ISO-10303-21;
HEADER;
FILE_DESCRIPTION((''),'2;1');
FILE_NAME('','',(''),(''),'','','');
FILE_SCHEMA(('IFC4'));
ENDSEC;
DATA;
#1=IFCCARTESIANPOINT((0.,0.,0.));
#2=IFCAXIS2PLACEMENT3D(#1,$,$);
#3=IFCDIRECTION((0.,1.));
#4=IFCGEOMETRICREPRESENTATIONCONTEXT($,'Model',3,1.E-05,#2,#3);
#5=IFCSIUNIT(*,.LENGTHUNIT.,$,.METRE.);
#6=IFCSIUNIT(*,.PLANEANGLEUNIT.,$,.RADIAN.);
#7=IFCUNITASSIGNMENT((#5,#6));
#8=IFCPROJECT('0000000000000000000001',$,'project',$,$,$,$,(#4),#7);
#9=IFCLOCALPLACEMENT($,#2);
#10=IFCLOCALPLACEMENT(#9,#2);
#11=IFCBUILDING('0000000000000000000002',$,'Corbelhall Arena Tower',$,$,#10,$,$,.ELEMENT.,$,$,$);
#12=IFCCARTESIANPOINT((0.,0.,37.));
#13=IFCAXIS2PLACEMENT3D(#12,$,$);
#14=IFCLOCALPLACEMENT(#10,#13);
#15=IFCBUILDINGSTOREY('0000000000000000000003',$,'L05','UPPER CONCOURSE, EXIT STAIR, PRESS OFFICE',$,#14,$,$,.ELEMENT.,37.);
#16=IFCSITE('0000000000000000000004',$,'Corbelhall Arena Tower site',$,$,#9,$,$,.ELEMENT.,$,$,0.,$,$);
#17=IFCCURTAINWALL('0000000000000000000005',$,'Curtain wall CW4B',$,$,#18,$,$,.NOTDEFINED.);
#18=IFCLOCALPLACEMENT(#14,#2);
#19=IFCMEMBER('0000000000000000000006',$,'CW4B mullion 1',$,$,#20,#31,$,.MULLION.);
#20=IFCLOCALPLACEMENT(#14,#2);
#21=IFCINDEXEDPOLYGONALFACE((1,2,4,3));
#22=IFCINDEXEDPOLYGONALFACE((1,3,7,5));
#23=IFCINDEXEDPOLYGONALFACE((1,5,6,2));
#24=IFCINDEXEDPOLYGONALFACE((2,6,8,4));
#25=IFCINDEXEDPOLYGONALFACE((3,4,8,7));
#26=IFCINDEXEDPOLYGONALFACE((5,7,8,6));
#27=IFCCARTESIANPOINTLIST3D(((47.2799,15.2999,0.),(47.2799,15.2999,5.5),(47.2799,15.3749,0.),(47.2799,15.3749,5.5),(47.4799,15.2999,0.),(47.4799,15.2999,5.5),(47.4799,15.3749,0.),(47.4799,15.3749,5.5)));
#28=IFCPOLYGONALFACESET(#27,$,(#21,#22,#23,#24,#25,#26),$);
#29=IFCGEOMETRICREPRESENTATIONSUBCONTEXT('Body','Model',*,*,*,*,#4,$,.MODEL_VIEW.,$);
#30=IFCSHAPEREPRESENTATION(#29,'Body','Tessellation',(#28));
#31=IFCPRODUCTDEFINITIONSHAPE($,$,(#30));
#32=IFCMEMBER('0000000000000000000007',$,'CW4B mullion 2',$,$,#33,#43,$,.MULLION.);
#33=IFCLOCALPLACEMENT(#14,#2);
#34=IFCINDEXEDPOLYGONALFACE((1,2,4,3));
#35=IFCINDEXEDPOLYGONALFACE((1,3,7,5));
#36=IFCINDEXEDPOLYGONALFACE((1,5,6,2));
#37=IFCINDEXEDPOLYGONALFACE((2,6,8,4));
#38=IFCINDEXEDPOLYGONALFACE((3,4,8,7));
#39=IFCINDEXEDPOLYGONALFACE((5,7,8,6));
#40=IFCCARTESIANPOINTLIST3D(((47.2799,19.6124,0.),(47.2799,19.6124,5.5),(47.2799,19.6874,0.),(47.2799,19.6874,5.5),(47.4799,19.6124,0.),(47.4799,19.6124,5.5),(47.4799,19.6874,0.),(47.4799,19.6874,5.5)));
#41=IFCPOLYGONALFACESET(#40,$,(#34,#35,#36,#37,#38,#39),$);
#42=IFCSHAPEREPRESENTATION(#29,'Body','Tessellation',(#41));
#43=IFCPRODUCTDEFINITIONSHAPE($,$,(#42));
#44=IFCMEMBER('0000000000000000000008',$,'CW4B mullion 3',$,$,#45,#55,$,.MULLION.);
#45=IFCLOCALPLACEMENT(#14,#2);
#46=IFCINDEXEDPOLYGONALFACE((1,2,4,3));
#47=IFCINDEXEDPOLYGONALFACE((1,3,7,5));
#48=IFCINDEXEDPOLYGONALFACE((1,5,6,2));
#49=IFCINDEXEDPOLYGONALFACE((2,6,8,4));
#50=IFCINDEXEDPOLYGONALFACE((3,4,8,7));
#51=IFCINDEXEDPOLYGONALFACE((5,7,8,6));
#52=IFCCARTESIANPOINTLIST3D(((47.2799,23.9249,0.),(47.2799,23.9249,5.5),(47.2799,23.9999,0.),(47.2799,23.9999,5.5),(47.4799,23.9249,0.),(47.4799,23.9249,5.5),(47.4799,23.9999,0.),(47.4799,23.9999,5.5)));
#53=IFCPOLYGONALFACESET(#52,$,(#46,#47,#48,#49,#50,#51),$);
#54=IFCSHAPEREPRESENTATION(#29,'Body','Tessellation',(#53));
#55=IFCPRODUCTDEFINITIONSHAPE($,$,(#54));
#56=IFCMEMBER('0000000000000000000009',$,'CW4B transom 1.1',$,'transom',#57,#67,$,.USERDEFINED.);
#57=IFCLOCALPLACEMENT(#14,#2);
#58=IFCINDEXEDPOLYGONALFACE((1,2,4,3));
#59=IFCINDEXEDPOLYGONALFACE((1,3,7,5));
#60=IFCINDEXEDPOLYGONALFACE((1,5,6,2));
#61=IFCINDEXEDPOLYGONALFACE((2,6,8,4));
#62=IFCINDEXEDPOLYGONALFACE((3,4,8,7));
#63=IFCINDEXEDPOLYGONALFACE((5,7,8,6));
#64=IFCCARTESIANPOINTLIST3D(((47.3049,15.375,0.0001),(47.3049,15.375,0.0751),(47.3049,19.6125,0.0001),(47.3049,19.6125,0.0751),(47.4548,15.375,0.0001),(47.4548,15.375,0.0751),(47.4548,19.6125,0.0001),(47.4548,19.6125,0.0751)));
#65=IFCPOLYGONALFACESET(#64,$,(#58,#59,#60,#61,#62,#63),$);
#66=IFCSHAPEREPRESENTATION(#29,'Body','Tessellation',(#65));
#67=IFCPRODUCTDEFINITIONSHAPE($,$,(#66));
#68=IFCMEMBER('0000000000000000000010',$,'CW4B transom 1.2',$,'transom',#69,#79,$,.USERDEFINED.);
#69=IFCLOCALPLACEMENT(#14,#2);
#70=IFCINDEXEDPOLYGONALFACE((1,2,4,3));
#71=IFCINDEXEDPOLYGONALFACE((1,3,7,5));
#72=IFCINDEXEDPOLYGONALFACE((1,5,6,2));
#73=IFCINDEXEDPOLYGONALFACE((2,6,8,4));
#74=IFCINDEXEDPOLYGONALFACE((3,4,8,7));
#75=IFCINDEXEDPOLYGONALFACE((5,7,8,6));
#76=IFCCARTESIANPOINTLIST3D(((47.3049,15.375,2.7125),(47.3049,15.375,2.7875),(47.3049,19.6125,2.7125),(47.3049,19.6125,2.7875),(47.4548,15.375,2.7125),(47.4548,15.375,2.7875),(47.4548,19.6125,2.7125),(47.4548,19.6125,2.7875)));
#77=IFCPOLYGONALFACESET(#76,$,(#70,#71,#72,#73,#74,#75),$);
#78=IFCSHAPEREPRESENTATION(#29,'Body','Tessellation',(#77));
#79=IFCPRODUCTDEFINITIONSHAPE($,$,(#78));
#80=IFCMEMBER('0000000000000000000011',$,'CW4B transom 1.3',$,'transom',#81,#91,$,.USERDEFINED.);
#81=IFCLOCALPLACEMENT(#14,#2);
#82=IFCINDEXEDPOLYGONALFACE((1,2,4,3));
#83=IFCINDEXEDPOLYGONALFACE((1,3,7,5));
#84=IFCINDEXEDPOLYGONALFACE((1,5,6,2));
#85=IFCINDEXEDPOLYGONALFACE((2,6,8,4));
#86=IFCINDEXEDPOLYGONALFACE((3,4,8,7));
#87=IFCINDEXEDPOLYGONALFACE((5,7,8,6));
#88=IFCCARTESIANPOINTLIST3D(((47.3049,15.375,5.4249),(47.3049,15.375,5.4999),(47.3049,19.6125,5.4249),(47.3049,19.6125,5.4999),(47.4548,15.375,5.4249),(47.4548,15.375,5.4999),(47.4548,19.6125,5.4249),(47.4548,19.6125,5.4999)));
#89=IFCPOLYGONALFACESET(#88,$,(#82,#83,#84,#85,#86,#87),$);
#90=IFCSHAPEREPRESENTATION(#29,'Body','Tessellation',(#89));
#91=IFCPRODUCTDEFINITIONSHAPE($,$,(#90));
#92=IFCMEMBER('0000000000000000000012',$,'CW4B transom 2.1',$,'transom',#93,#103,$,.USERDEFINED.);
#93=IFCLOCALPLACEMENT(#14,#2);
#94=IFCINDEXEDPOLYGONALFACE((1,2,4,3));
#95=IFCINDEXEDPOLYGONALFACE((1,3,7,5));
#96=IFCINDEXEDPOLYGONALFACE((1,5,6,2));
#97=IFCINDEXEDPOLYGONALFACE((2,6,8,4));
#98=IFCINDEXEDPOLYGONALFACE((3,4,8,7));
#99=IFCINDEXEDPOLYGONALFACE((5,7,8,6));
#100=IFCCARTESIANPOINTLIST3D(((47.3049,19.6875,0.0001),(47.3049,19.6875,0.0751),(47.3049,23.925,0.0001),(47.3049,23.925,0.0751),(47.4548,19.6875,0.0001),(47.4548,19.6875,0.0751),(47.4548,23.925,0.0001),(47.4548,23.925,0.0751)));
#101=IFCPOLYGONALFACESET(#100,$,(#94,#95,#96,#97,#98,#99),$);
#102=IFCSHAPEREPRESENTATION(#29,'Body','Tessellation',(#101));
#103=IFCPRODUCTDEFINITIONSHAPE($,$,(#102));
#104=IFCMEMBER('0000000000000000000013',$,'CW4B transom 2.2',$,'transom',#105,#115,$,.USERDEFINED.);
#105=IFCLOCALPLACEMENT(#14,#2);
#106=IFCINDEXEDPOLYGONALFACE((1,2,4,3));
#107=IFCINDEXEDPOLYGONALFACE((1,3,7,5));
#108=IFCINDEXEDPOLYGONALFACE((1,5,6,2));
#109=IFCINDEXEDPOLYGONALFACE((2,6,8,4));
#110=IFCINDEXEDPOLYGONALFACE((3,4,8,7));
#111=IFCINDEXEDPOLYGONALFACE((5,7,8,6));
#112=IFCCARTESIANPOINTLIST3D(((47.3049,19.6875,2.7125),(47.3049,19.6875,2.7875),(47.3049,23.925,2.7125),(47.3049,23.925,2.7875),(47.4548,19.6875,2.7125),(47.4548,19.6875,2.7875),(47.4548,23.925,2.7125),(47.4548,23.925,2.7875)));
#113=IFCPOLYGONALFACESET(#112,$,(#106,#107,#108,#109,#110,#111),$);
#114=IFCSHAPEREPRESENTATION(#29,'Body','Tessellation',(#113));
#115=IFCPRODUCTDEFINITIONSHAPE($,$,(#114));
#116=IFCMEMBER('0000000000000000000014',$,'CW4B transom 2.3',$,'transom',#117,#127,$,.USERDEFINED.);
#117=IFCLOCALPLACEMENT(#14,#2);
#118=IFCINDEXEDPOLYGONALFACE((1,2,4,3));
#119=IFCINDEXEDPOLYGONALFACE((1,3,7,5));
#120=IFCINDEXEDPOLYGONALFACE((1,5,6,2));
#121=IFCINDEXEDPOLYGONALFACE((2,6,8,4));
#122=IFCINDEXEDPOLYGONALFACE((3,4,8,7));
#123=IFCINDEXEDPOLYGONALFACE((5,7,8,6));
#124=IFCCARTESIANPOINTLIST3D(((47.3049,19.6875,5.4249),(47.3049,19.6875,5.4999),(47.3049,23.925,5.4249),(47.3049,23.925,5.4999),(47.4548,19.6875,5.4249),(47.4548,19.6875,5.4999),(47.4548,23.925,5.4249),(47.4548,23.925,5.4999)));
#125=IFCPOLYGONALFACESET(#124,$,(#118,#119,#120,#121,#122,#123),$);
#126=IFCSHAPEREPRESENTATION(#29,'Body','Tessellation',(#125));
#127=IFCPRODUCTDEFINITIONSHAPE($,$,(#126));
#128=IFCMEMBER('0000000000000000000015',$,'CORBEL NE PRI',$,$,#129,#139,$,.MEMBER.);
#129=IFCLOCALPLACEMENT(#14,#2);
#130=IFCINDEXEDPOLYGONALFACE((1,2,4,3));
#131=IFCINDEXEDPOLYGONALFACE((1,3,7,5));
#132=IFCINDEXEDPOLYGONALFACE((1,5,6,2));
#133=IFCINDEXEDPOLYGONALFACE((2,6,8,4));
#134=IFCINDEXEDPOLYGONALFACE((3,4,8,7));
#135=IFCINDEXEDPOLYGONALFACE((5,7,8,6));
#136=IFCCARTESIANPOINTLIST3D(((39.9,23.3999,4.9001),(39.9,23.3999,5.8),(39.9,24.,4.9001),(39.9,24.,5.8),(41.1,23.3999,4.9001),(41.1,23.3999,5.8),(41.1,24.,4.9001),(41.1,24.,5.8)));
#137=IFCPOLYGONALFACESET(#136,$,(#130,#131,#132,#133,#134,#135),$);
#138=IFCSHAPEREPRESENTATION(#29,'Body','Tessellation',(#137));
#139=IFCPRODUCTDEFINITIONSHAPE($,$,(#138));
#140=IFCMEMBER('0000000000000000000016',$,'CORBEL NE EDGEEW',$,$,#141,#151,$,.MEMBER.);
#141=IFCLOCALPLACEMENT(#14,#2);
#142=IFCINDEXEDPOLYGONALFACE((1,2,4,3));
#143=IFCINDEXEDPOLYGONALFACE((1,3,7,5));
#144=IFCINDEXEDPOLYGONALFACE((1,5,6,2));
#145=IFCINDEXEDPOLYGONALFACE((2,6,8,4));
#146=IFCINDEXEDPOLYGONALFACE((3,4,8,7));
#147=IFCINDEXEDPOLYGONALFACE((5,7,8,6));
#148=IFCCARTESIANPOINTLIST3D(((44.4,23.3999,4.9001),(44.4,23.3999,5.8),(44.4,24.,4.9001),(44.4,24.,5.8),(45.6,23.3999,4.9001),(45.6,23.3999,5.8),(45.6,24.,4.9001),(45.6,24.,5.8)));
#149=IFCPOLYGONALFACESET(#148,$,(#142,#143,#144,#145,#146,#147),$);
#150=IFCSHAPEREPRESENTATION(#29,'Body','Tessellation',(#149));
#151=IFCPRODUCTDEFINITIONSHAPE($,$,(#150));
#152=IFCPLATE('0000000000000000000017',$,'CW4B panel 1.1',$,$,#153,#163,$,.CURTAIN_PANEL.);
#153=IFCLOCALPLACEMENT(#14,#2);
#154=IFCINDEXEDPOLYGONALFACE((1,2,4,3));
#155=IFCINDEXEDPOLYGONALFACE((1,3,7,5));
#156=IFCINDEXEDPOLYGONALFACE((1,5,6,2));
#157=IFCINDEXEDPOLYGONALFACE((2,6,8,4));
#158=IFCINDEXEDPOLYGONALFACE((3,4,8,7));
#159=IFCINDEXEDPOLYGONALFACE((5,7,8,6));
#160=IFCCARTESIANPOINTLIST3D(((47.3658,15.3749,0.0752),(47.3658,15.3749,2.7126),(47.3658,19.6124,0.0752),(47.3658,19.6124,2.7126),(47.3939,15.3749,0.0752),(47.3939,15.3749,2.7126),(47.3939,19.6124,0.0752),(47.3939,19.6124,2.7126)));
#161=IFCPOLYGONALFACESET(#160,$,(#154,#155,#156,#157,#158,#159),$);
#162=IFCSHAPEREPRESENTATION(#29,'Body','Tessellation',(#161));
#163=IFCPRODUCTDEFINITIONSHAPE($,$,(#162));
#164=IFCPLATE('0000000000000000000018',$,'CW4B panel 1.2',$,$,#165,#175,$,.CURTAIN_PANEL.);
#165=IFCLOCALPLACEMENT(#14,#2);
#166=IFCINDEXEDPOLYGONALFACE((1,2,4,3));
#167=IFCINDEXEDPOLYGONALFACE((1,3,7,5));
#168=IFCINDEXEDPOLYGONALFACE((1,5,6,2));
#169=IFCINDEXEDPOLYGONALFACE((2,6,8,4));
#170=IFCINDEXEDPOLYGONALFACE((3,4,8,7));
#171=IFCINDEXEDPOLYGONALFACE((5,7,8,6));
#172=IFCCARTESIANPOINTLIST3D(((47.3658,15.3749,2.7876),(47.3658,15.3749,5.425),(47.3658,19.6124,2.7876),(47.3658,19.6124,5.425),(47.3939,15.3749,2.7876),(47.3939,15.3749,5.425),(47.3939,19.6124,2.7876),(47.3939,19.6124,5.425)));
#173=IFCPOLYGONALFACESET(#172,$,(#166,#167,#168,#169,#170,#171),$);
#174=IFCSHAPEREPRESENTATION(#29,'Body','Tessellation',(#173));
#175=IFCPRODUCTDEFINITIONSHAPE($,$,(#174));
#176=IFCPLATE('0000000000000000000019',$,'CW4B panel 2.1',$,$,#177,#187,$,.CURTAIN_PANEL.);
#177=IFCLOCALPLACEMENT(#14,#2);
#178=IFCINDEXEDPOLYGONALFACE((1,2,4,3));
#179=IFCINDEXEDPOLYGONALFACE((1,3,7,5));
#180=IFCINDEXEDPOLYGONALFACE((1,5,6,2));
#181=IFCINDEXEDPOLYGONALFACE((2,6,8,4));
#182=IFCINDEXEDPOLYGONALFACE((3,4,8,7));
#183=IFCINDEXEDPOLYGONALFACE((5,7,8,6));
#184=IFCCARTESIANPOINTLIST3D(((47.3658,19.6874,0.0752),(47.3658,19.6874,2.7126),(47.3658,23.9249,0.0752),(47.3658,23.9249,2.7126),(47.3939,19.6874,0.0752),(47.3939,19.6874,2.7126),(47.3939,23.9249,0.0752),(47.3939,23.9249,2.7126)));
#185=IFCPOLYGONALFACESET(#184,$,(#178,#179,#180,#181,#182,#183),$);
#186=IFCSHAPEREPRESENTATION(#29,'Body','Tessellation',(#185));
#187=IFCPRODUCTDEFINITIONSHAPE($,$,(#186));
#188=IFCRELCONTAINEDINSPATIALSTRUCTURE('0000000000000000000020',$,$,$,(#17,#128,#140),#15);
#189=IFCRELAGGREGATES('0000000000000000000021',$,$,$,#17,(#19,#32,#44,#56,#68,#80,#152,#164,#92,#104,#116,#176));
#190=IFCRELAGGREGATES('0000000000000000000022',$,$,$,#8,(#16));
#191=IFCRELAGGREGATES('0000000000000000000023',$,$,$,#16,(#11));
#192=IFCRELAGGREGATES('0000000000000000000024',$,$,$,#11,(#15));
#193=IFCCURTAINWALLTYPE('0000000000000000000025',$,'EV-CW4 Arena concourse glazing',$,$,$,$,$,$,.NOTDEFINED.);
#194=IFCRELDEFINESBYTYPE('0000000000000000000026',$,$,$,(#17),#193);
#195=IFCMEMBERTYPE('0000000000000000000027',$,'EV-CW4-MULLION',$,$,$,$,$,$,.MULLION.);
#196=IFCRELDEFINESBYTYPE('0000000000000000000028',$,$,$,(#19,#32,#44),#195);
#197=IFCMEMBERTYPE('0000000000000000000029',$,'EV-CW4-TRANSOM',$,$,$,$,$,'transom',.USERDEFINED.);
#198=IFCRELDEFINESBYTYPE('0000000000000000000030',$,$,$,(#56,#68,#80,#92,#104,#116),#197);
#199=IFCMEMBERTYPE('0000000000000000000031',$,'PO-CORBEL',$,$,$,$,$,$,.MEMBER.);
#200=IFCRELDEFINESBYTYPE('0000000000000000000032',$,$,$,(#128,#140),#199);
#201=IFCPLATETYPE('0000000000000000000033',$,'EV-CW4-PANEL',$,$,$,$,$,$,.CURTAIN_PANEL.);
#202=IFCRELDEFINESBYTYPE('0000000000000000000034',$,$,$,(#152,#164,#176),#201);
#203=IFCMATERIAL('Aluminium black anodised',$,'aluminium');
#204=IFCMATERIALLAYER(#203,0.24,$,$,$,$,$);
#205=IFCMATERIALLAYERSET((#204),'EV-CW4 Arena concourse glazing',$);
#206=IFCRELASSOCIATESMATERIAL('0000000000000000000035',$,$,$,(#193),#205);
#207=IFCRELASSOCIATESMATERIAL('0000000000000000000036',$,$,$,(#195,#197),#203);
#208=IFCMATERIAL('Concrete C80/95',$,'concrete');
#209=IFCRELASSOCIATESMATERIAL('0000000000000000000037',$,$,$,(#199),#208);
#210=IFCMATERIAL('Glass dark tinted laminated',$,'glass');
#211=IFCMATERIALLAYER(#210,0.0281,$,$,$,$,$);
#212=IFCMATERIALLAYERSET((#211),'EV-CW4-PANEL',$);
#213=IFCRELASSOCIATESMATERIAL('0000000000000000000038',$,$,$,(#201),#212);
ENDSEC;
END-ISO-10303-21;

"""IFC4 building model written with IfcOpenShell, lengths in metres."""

from ifc_helpers import new_model, si_unit, direction, frame, origin, origin_2d, place, context, subcontext, project, spatial, rectangle, extrude, material, layer, layer_set, material_profile, profile_set, type_object, element, aggregate, save


model = new_model("IFC4")

# Units and contexts
model_context = context("Model", 3, precision=1e-05, world=origin(), true_north=direction((0.0, 1.0)))
body_context = subcontext(model_context, "Body", "Model", "MODEL_VIEW")
ifc_project = project(units=[si_unit("LENGTHUNIT", "METRE"), si_unit("PLANEANGLEUNIT", "RADIAN")], contexts=[model_context])

# Site, building, storey
site_placement = place(None, origin())
site = spatial("IfcSite", under=ifc_project, at=site_placement, Name="Corbelhall Arena Tower site", CompositionType="ELEMENT", RefElevation=0.0)
building_placement = place(site_placement, origin())
building = spatial("IfcBuilding", under=site, at=building_placement, Name="Corbelhall Arena Tower", CompositionType="ELEMENT")
storey_placement = place(building_placement, frame((0.0, 0.0, 37.0)))
storey = spatial("IfcBuildingStorey", under=building, at=storey_placement, Name="L05", Description="UPPER CONCOURSE, EXIT STAIR, PRESS OFFICE", CompositionType="ELEMENT", Elevation=37.0)

# Curtain wall, members
ifc_material_1 = material(Name="Aluminium black anodised", Category="aluminium")
ifc_layer_1 = layer(ifc_material_1, 0.24)
ifc_layer_set_1 = layer_set([ifc_layer_1], Name="EV-CW4 Arena concourse glazing")
curtain_wall_type = type_object("IfcCurtainWallType", Name="EV-CW4 Arena concourse glazing", PredefinedType="NOTDEFINED", material=ifc_layer_set_1)
curtain_wall_placement = place(storey_placement, origin())
curtain_wall = element("IfcCurtainWall", 1, at=curtain_wall_placement, inside=storey, type_object=curtain_wall_type, Name="Curtain wall CW4B", PredefinedType="NOTDEFINED")
ifc_material_profile_1 = material_profile(ifc_material_1, rectangle(XDim=0.2, YDim=0.075, at=origin_2d()))
ifc_profile_set_1 = profile_set([ifc_material_profile_1], Name="Aluminium black anodised")
member_type_1 = type_object("IfcMemberType", Name="EV-CW4-MULLION", PredefinedType="MULLION", material=ifc_profile_set_1)
member_1_placement = place(storey_placement, frame((47.3799, 15.3374, 0.0), z_axis=(0.0, 0.0, 1.0), x_axis=(-1.0, 0.0, 0.0)))
member_1 = element("IfcMember", 2, at=member_1_placement, type_object=member_type_1, Name="CW4B mullion 1", PredefinedType="MULLION", context=body_context, shape_type="SweptSolid", body=[
    extrude(rectangle(XDim=0.2, YDim=0.075, at=origin_2d()), origin(), (0.0, 0.0, 1.0), 5.5),
])
member_2_placement = place(storey_placement, frame((47.3799, 19.6499, 0.0), z_axis=(0.0, 0.0, 1.0), x_axis=(-1.0, 0.0, 0.0)))
member_2 = element("IfcMember", 3, at=member_2_placement, type_object=member_type_1, Name="CW4B mullion 2", PredefinedType="MULLION", context=body_context, shape_type="SweptSolid", body=[
    extrude(rectangle(XDim=0.2, YDim=0.075, at=origin_2d()), origin(), (0.0, 0.0, 1.0), 5.5),
])
member_3_placement = place(storey_placement, frame((47.3799, 23.9624, 0.0), z_axis=(0.0, 0.0, 1.0), x_axis=(-1.0, 0.0, 0.0)))
member_3 = element("IfcMember", 4, at=member_3_placement, type_object=member_type_1, Name="CW4B mullion 3", PredefinedType="MULLION", context=body_context, shape_type="SweptSolid", body=[
    extrude(rectangle(XDim=0.2, YDim=0.075, at=origin_2d()), origin(), (0.0, 0.0, 1.0), 5.5),
])
ifc_material_profile_2 = material_profile(ifc_material_1, rectangle(XDim=0.1499, YDim=0.075, at=origin_2d()))
ifc_profile_set_2 = profile_set([ifc_material_profile_2], Name="Aluminium black anodised")
member_type_2 = type_object("IfcMemberType", Name="EV-CW4-TRANSOM", ElementType="transom", PredefinedType="USERDEFINED", material=ifc_profile_set_2)
member_4_placement = place(storey_placement, frame((47.3799, 15.375, 0.0376), z_axis=(0.0, 1.0, 0.0), x_axis=(-1.0, 0.0, 0.0)))
member_4 = element("IfcMember", 5, at=member_4_placement, type_object=member_type_2, Name="CW4B transom 1.1", ObjectType="transom", PredefinedType="USERDEFINED", context=body_context, shape_type="SweptSolid", body=[
    extrude(rectangle(XDim=0.1499, YDim=0.075, at=origin_2d()), origin(), (0.0, 0.0, 1.0), 4.2375),
])
member_5_placement = place(storey_placement, frame((47.3799, 15.375, 2.75), z_axis=(0.0, 1.0, 0.0), x_axis=(-1.0, 0.0, 0.0)))
member_5 = element("IfcMember", 6, at=member_5_placement, type_object=member_type_2, Name="CW4B transom 1.2", ObjectType="transom", PredefinedType="USERDEFINED", context=body_context, shape_type="SweptSolid", body=[
    extrude(rectangle(XDim=0.1499, YDim=0.075, at=origin_2d()), origin(), (0.0, 0.0, 1.0), 4.2375),
])
member_6_placement = place(storey_placement, frame((47.3799, 15.375, 5.4624), z_axis=(0.0, 1.0, 0.0), x_axis=(-1.0, 0.0, 0.0)))
member_6 = element("IfcMember", 7, at=member_6_placement, type_object=member_type_2, Name="CW4B transom 1.3", ObjectType="transom", PredefinedType="USERDEFINED", context=body_context, shape_type="SweptSolid", body=[
    extrude(rectangle(XDim=0.1499, YDim=0.075, at=origin_2d()), origin(), (0.0, 0.0, 1.0), 4.2375),
])
member_7_placement = place(storey_placement, frame((47.3799, 19.6875, 0.0376), z_axis=(0.0, 1.0, 0.0), x_axis=(-1.0, 0.0, 0.0)))
member_7 = element("IfcMember", 8, at=member_7_placement, type_object=member_type_2, Name="CW4B transom 2.1", ObjectType="transom", PredefinedType="USERDEFINED", context=body_context, shape_type="SweptSolid", body=[
    extrude(rectangle(XDim=0.1499, YDim=0.075, at=origin_2d()), origin(), (0.0, 0.0, 1.0), 4.2375),
])
member_8_placement = place(storey_placement, frame((47.3799, 19.6875, 2.75), z_axis=(0.0, 1.0, 0.0), x_axis=(-1.0, 0.0, 0.0)))
member_8 = element("IfcMember", 9, at=member_8_placement, type_object=member_type_2, Name="CW4B transom 2.2", ObjectType="transom", PredefinedType="USERDEFINED", context=body_context, shape_type="SweptSolid", body=[
    extrude(rectangle(XDim=0.1499, YDim=0.075, at=origin_2d()), origin(), (0.0, 0.0, 1.0), 4.2375),
])
member_9_placement = place(storey_placement, frame((47.3799, 19.6875, 5.4624), z_axis=(0.0, 1.0, 0.0), x_axis=(-1.0, 0.0, 0.0)))
member_9 = element("IfcMember", 10, at=member_9_placement, type_object=member_type_2, Name="CW4B transom 2.3", ObjectType="transom", PredefinedType="USERDEFINED", context=body_context, shape_type="SweptSolid", body=[
    extrude(rectangle(XDim=0.1499, YDim=0.075, at=origin_2d()), origin(), (0.0, 0.0, 1.0), 4.2375),
])

# Members
ifc_material_2 = material(Name="Concrete C80/95", Category="concrete")
ifc_material_profile_3 = material_profile(ifc_material_2, rectangle(XDim=1.2, YDim=0.8999, at=origin_2d()))
ifc_profile_set_3 = profile_set([ifc_material_profile_3], Name="Concrete C80/95")
member_type_3 = type_object("IfcMemberType", Name="PO-CORBEL", PredefinedType="MEMBER", material=ifc_profile_set_3)
for number, where, z_axis, x_axis, name in (
    (11, (40.5, 24.0, 5.3501), (0.0, -1.0, 0.0), (1.0, 0.0, 0.0), "CORBEL NE PRI"),
    (12, (45.0, 24.0, 5.3501), (0.0, -1.0, 0.0), (1.0, 0.0, 0.0), "CORBEL NE EDGEEW"),
):
    element("IfcMember", number, at=place(storey_placement, frame(where, z_axis=z_axis, x_axis=x_axis)), inside=storey, type_object=member_type_3, Name=name, PredefinedType="MEMBER", context=body_context, shape_type="SweptSolid", body=[
        extrude(rectangle(XDim=1.2, YDim=0.8999, at=origin_2d()), origin(), (0.0, 0.0, 1.0), 0.6001),
    ])

# Plates
ifc_material_3 = material(Name="Glass dark tinted laminated", Category="glass")
ifc_layer_2 = layer(ifc_material_3, 0.0281)
ifc_layer_set_2 = layer_set([ifc_layer_2], Name="EV-CW4-PANEL")
plate_type = type_object("IfcPlateType", Name="EV-CW4-PANEL", PredefinedType="CURTAIN_PANEL", material=ifc_layer_set_2)
plate_1_placement = place(storey_placement, frame((47.3799, 17.4937, 0.0752), z_axis=(0.0, 0.0, 1.0), x_axis=(0.0, 1.0, 0.0)))
plate_1 = element("IfcPlate", 13, at=plate_1_placement, type_object=plate_type, Name="CW4B panel 1.1", PredefinedType="CURTAIN_PANEL", context=body_context, shape_type="SweptSolid", body=[
    extrude(rectangle(XDim=4.2375, YDim=0.0281, at=origin_2d()), origin(), (0.0, 0.0, 1.0), 2.6375),
])
plate_2_placement = place(storey_placement, frame((47.3799, 17.4937, 2.7876), z_axis=(0.0, 0.0, 1.0), x_axis=(0.0, 1.0, 0.0)))
plate_2 = element("IfcPlate", 14, at=plate_2_placement, type_object=plate_type, Name="CW4B panel 1.2", PredefinedType="CURTAIN_PANEL", context=body_context, shape_type="SweptSolid", body=[
    extrude(rectangle(XDim=4.2375, YDim=0.0281, at=origin_2d()), origin(), (0.0, 0.0, 1.0), 2.6375),
])
plate_3_placement = place(storey_placement, frame((47.3799, 21.8062, 0.0752), z_axis=(0.0, 0.0, 1.0), x_axis=(0.0, 1.0, 0.0)))
plate_3 = element("IfcPlate", 15, at=plate_3_placement, type_object=plate_type, Name="CW4B panel 2.1", PredefinedType="CURTAIN_PANEL", context=body_context, shape_type="SweptSolid", body=[
    extrude(rectangle(XDim=4.2375, YDim=0.0281, at=origin_2d()), origin(), (0.0, 0.0, 1.0), 2.6375),
])
aggregate(curtain_wall, [member_1, member_2, member_3, member_4, member_5, member_6, plate_1, plate_2, member_7, member_8, member_9, plate_3])

save(model, "model.ifc")
